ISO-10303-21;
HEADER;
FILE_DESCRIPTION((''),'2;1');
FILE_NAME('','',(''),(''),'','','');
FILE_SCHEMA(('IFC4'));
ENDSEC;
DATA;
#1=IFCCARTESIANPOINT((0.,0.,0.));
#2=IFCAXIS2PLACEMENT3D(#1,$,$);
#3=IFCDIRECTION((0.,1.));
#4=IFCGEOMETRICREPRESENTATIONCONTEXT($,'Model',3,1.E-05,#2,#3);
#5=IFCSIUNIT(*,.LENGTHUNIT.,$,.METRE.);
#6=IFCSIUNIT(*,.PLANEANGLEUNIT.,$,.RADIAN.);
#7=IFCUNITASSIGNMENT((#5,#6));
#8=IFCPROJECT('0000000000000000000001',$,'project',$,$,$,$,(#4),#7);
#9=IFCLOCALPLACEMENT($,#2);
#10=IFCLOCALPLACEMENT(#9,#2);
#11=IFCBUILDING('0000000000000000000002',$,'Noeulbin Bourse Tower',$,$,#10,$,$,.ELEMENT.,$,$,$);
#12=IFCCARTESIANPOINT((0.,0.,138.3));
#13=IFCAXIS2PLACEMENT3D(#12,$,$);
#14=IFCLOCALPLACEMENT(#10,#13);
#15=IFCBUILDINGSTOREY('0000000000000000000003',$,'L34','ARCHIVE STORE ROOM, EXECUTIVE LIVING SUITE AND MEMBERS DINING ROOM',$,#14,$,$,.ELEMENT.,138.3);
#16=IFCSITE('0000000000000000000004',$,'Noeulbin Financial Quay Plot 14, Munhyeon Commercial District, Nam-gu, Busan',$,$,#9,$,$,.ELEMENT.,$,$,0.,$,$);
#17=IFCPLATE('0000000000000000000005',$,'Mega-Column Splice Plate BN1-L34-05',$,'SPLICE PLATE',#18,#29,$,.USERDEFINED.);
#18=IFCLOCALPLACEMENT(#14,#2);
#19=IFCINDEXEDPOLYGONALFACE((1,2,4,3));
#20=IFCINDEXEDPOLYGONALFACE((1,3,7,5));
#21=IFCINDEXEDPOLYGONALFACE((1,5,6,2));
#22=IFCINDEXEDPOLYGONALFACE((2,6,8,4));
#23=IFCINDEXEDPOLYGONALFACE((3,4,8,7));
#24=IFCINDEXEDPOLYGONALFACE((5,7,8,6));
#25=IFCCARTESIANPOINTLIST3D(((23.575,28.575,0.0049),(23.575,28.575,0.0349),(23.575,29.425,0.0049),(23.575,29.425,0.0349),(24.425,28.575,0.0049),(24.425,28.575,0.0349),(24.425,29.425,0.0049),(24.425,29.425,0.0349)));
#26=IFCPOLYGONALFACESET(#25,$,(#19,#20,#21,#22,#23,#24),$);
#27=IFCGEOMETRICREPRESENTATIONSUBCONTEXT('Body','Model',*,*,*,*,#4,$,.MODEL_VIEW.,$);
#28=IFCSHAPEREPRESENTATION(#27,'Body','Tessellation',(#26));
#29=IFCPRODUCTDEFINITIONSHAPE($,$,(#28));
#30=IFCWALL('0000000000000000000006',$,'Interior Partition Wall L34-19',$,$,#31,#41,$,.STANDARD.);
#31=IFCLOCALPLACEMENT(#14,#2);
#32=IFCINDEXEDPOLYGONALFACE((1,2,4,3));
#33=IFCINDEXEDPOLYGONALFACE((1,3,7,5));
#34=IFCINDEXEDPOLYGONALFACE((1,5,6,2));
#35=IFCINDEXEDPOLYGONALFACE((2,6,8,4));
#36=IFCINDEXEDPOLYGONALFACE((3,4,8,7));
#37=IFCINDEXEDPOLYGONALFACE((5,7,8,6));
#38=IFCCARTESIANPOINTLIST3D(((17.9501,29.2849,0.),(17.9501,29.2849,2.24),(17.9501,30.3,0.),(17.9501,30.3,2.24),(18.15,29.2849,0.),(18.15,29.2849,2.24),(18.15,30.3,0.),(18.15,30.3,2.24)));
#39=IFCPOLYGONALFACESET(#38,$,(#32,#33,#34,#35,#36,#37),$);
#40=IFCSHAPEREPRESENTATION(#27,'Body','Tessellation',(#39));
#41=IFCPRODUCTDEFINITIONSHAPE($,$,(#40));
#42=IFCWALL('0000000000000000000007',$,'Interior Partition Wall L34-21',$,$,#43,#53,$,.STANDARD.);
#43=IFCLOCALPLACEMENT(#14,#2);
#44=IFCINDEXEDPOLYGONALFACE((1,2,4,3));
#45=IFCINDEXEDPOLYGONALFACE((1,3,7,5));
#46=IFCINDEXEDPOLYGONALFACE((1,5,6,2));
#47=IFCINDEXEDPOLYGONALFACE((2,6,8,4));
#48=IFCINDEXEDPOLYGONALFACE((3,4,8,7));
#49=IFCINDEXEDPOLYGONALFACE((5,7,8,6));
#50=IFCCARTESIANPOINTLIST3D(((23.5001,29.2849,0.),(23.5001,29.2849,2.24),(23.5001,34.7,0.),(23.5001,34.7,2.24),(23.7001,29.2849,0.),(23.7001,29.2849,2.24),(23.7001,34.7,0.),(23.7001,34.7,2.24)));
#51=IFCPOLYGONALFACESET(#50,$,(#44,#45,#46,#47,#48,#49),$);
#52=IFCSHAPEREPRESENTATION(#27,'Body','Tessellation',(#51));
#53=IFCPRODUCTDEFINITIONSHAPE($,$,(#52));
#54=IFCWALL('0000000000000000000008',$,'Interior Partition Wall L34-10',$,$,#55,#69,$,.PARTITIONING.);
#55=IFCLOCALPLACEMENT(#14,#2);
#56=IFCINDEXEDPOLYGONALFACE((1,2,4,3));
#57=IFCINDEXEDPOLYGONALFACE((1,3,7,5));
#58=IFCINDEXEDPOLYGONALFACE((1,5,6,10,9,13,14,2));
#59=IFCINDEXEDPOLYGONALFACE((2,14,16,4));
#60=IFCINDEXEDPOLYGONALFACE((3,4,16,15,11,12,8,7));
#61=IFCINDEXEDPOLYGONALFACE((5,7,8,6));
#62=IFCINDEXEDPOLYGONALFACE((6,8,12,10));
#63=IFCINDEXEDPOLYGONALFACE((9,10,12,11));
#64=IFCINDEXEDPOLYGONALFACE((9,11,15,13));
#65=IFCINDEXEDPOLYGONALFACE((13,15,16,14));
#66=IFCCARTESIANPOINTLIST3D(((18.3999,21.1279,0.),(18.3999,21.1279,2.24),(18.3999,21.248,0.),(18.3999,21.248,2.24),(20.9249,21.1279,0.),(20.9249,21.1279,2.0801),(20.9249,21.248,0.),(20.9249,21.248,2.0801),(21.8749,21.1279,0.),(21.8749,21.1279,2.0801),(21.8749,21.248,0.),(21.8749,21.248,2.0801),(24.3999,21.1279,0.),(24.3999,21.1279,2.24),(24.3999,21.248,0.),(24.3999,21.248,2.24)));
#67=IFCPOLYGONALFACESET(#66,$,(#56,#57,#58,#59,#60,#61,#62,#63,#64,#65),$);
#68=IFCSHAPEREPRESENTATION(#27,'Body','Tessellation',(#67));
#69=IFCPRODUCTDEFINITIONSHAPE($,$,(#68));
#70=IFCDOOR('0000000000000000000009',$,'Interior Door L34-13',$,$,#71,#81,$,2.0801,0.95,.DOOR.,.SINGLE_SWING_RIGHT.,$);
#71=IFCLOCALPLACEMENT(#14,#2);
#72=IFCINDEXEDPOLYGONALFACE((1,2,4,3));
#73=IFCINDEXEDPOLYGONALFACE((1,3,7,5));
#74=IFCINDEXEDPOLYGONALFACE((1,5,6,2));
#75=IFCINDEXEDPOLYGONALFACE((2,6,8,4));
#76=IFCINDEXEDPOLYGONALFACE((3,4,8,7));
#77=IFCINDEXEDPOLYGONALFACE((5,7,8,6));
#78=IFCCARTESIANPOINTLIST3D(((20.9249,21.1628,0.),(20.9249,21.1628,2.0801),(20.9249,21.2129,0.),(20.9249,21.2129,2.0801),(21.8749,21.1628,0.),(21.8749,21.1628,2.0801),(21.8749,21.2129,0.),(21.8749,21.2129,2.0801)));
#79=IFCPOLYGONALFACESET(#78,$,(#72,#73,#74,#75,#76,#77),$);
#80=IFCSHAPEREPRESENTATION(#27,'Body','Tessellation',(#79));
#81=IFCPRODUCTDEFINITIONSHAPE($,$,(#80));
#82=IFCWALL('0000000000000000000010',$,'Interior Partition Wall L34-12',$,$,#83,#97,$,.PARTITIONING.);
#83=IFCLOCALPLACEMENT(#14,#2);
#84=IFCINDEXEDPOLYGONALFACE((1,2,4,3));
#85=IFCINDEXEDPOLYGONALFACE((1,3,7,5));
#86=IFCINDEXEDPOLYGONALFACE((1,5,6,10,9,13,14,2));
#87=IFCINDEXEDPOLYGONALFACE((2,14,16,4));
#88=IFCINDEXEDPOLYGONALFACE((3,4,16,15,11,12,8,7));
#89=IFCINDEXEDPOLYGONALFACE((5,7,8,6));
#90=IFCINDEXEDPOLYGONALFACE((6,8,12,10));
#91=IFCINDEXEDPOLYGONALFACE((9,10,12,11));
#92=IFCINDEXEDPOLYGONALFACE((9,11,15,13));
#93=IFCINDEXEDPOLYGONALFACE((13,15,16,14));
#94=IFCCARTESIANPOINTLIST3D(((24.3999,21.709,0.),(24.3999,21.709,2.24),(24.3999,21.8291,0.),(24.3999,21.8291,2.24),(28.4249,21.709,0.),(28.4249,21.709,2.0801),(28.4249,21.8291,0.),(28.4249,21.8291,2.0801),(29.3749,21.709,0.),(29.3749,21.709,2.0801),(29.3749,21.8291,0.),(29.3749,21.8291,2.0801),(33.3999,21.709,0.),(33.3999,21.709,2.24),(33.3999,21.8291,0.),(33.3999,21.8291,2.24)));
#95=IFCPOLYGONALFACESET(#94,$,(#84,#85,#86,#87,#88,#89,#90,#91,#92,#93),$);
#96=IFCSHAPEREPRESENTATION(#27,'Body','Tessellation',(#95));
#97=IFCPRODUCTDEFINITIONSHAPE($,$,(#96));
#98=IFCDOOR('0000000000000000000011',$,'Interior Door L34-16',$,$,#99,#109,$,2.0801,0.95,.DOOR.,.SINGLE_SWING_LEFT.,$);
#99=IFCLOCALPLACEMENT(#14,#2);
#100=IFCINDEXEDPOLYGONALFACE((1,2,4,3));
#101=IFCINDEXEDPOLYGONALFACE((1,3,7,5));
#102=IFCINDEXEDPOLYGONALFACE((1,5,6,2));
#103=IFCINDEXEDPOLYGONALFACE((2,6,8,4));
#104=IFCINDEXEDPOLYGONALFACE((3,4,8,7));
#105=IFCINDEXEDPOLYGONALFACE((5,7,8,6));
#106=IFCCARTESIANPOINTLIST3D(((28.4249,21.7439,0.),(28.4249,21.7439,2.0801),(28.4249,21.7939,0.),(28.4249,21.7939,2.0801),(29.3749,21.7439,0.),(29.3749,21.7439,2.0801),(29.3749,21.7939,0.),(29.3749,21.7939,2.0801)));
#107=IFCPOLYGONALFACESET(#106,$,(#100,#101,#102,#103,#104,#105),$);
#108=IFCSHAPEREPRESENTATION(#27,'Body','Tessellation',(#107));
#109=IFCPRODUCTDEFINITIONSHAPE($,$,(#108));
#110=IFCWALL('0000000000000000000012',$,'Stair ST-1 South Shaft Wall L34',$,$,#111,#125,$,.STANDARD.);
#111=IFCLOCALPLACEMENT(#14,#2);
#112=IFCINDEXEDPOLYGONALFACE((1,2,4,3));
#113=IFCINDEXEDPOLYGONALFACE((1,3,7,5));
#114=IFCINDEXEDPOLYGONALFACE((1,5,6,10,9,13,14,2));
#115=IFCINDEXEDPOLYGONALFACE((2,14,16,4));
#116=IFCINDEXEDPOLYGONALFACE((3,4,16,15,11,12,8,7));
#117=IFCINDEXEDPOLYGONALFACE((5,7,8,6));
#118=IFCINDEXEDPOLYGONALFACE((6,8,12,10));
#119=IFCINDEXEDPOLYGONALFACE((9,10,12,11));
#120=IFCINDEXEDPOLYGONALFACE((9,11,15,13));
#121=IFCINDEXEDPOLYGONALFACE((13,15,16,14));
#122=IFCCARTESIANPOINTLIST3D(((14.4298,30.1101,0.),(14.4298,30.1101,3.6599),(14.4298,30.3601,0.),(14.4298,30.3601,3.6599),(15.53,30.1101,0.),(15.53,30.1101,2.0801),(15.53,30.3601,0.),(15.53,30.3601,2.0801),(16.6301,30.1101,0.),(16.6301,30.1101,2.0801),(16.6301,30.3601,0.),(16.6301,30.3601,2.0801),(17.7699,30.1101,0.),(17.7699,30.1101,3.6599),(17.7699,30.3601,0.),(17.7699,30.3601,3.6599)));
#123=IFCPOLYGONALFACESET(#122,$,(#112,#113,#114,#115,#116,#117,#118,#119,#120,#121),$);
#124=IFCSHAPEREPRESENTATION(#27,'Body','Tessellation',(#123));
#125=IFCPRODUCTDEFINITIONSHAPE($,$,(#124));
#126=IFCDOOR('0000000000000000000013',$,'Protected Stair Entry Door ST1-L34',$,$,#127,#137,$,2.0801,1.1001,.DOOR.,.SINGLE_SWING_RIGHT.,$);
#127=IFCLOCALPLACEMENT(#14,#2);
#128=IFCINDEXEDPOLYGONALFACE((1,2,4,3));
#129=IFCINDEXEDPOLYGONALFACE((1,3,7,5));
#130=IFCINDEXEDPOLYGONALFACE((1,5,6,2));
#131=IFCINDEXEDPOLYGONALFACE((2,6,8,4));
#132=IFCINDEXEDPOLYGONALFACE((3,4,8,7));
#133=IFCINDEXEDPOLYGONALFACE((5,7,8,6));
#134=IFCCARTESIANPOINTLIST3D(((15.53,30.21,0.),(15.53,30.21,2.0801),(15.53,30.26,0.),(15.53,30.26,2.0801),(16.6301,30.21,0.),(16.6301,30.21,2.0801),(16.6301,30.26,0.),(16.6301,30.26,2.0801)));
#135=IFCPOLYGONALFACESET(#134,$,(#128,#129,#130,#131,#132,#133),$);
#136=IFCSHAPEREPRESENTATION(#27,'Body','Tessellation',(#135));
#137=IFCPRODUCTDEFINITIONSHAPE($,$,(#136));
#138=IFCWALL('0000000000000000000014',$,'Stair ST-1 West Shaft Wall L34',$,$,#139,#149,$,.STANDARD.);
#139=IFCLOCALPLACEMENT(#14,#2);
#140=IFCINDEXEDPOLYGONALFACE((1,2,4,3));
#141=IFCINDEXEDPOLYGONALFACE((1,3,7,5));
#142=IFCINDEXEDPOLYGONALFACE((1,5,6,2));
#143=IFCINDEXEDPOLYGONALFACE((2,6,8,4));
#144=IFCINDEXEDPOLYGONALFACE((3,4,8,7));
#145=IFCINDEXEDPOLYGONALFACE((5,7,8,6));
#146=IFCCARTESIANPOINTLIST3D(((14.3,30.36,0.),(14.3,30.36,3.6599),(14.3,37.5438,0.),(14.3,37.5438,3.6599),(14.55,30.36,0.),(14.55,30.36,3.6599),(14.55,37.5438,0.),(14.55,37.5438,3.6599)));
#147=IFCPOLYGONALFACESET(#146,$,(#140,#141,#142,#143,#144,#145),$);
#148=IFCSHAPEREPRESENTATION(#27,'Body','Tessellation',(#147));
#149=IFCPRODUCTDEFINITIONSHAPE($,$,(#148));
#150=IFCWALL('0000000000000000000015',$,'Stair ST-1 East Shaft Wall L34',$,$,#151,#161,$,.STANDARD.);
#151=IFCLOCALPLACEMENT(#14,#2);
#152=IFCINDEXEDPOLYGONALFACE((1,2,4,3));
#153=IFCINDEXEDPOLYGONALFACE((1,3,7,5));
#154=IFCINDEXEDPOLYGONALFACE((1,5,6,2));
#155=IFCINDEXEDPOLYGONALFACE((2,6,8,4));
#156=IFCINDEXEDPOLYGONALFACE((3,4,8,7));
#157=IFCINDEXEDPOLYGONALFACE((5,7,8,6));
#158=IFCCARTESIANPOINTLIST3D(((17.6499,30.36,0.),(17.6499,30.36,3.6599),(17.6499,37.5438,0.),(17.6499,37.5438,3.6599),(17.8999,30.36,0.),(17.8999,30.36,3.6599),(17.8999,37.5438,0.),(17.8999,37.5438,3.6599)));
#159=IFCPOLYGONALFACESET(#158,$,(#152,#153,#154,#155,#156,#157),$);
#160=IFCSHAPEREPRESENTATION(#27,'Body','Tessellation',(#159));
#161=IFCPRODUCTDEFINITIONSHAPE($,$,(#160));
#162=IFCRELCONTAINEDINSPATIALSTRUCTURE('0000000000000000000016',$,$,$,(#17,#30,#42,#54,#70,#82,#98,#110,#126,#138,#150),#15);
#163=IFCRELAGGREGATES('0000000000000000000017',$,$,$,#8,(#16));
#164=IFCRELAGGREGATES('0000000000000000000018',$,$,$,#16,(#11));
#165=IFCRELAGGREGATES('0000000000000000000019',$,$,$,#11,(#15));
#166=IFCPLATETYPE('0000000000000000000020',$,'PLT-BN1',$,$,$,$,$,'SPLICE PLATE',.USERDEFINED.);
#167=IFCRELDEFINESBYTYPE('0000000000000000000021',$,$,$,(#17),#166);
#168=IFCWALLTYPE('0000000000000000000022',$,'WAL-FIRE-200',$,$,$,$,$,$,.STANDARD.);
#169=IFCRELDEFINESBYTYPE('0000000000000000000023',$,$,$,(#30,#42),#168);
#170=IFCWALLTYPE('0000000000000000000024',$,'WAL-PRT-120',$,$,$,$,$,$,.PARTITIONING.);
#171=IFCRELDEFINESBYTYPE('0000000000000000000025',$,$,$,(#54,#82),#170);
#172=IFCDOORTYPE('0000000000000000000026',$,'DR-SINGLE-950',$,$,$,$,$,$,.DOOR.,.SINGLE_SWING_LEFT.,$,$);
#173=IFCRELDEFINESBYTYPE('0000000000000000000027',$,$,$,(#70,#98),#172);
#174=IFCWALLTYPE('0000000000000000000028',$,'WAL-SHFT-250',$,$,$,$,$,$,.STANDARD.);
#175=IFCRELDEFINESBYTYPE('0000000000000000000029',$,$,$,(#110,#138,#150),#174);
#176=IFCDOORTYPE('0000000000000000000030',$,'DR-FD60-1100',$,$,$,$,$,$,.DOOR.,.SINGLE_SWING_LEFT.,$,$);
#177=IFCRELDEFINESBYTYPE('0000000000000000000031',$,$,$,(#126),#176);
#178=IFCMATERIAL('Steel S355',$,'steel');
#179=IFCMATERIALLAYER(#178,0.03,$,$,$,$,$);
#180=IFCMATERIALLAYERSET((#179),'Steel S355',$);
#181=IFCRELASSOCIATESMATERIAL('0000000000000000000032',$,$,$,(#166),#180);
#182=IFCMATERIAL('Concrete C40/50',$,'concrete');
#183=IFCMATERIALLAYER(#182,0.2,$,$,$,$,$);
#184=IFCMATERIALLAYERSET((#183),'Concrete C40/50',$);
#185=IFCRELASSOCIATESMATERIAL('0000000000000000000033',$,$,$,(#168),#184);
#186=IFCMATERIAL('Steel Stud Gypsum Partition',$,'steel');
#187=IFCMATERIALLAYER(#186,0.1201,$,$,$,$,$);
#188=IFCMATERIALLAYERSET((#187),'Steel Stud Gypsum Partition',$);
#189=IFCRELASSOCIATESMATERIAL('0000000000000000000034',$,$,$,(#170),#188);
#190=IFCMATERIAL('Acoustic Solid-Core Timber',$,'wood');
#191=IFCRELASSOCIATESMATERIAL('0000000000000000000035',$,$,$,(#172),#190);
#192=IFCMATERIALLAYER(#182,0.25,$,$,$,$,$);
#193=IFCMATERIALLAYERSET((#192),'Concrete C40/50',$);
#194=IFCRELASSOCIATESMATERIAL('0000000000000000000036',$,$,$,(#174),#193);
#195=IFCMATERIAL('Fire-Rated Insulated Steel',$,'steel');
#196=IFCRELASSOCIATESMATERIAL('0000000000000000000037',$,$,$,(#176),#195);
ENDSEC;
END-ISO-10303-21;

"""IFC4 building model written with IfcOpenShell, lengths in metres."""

from ifc_helpers import new_model, si_unit, direction, frame, frame_2d, origin, origin_2d, place, context, subcontext, project, spatial, rectangle, extrude, material, layer, layer_set, type_object, element, fill, save


model = new_model("IFC4")

# Units and contexts
model_context = context("Model", 3, precision=1e-05, world=origin(), true_north=direction((0.0, 1.0)))
body_context = subcontext(model_context, "Body", "Model", "MODEL_VIEW")
ifc_project = project(units=[si_unit("LENGTHUNIT", "METRE"), si_unit("PLANEANGLEUNIT", "RADIAN")], contexts=[model_context])

# Site, building, storey
site_placement = place(None, origin())
site = spatial("IfcSite", under=ifc_project, at=site_placement, Name="Noeulbin Financial Quay Plot 14, Munhyeon Commercial District, Nam-gu, Busan", CompositionType="ELEMENT", RefElevation=0.0)
building_placement = place(site_placement, origin())
building = spatial("IfcBuilding", under=site, at=building_placement, Name="Noeulbin Bourse Tower", CompositionType="ELEMENT")
storey_placement = place(building_placement, frame((0.0, 0.0, 138.3)))
storey = spatial("IfcBuildingStorey", under=building, at=storey_placement, Name="L34", Description="ARCHIVE STORE ROOM, EXECUTIVE LIVING SUITE AND MEMBERS DINING ROOM", CompositionType="ELEMENT", Elevation=138.3)

# Shared definitions
ifc_material_1 = material(Name="Steel S355", Category="steel")

# Plate
ifc_layer_1 = layer(ifc_material_1, 0.03)
ifc_layer_set_1 = layer_set([ifc_layer_1], Name="Steel S355")
plate_type = type_object("IfcPlateType", Name="PLT-BN1", ElementType="SPLICE PLATE", PredefinedType="USERDEFINED", material=ifc_layer_set_1)
for number, where, z_axis, x_axis, name in (
    (1, (24.0, 29.0, 0.0049), (0.0, 0.0, 1.0), (1.0, 0.0, 0.0), "Mega-Column Splice Plate BN1-L34-05"),
):
    element("IfcPlate", number, at=place(storey_placement, frame(where, z_axis=z_axis, x_axis=x_axis)), inside=storey, type_object=plate_type, Name=name, ObjectType="SPLICE PLATE", PredefinedType="USERDEFINED", context=body_context, shape_type="SweptSolid", body=[
        extrude(rectangle(XDim=0.8501, YDim=0.8501, at=origin_2d()), origin(), (0.0, 0.0, 1.0), 0.03),
    ])

# Walls
ifc_material_2 = material(Name="Concrete C40/50", Category="concrete")
ifc_layer_2 = layer(ifc_material_2, 0.2)
ifc_layer_set_2 = layer_set([ifc_layer_2], Name="Concrete C40/50")
wall_type_1 = type_object("IfcWallType", Name="WAL-FIRE-200", PredefinedType="STANDARD", material=ifc_layer_set_2)
wall_1_placement = place(storey_placement, frame((18.05, 29.2849, 0.0), z_axis=(0.0, 0.0, 1.0), x_axis=(0.0, 1.0, 0.0)))
element("IfcWall", 2, at=wall_1_placement, inside=storey, type_object=wall_type_1, Name="Interior Partition Wall L34-19", PredefinedType="STANDARD", context=body_context, shape_type="SweptSolid", body=[
    extrude(rectangle(XDim=1.0151, YDim=0.2, at=frame_2d((0.5076, 0.0))), origin(), (0.0, 0.0, 1.0), 2.24),
])
wall_2_placement = place(storey_placement, frame((23.6001, 29.2849, 0.0), z_axis=(0.0, 0.0, 1.0), x_axis=(0.0, 1.0, 0.0)))
element("IfcWall", 3, at=wall_2_placement, inside=storey, type_object=wall_type_1, Name="Interior Partition Wall L34-21", PredefinedType="STANDARD", context=body_context, shape_type="SweptSolid", body=[
    extrude(rectangle(XDim=5.415, YDim=0.2, at=frame_2d((2.7075, 0.0))), origin(), (0.0, 0.0, 1.0), 2.24),
])

# Walls, openings, doors
ifc_material_3 = material(Name="Steel Stud Gypsum Partition", Category="steel")
ifc_layer_3 = layer(ifc_material_3, 0.1201)
ifc_layer_set_3 = layer_set([ifc_layer_3], Name="Steel Stud Gypsum Partition")
wall_type_2 = type_object("IfcWallType", Name="WAL-PRT-120", PredefinedType="PARTITIONING", material=ifc_layer_set_3)
wall_3_placement = place(storey_placement, frame((18.3999, 21.188, 0.0), z_axis=(0.0, 0.0, 1.0), x_axis=(1.0, 0.0, 0.0)))
wall_3 = element("IfcWall", 4, at=wall_3_placement, inside=storey, type_object=wall_type_2, Name="Interior Partition Wall L34-10", PredefinedType="PARTITIONING", context=body_context, shape_type="SweptSolid", body=[
    extrude(rectangle(XDim=6.0, YDim=0.1201, at=frame_2d((3.0, 0.0))), origin(), (0.0, 0.0, 1.0), 2.24),
])
opening_1_placement = place(wall_3_placement, frame((2.5249, 0.0, 0.0)))
opening_1 = element("IfcOpeningElement", 5, at=opening_1_placement, cuts=wall_3, PredefinedType="OPENING", context=body_context, shape_type="SweptSolid", body=[
    extrude(rectangle(XDim=0.95, YDim=2.0801, at=frame_2d((0.4751, 1.04))), frame((0.0, 0.0701, 0.0), z_axis=(0.0, -1.0, 0.0), x_axis=(1.0, 0.0, 0.0)), (0.0, 0.0, 1.0), 0.1401),
])
ifc_material_4 = material(Name="Acoustic Solid-Core Timber", Category="wood")
door_type_1 = type_object("IfcDoorType", Name="DR-SINGLE-950", OperationType="SINGLE_SWING_LEFT", PredefinedType="DOOR", material=ifc_material_4)
door_1_placement = place(opening_1_placement, origin())
door_1 = element("IfcDoor", 6, at=door_1_placement, inside=storey, type_object=door_type_1, Name="Interior Door L34-13", OperationType="SINGLE_SWING_RIGHT", OverallHeight=2.0801, OverallWidth=0.95, PredefinedType="DOOR", context=body_context, shape_type="SweptSolid", body=[
    extrude(rectangle(XDim=0.95, YDim=2.0801, at=frame_2d((0.4751, 1.04))), frame((0.0, 0.0249, 0.0), z_axis=(0.0, -1.0, 0.0), x_axis=(1.0, 0.0, 0.0)), (0.0, 0.0, 1.0), 0.05),
])
fill(opening_1, door_1)
wall_4_placement = place(storey_placement, frame((24.3999, 21.769, 0.0), z_axis=(0.0, 0.0, 1.0), x_axis=(1.0, 0.0, 0.0)))
wall_4 = element("IfcWall", 7, at=wall_4_placement, inside=storey, type_object=wall_type_2, Name="Interior Partition Wall L34-12", PredefinedType="PARTITIONING", context=body_context, shape_type="SweptSolid", body=[
    extrude(rectangle(XDim=9.0, YDim=0.1201, at=frame_2d((4.5, 0.0))), origin(), (0.0, 0.0, 1.0), 2.24),
])
opening_2_placement = place(wall_4_placement, frame((4.0249, 0.0, 0.0)))
opening_2 = element("IfcOpeningElement", 8, at=opening_2_placement, cuts=wall_4, PredefinedType="OPENING", context=body_context, shape_type="SweptSolid", body=[
    extrude(rectangle(XDim=0.95, YDim=2.0801, at=frame_2d((0.4751, 1.04))), frame((0.0, 0.0701, 0.0), z_axis=(0.0, -1.0, 0.0), x_axis=(1.0, 0.0, 0.0)), (0.0, 0.0, 1.0), 0.1401),
])
door_2_placement = place(opening_2_placement, origin())
door_2 = element("IfcDoor", 9, at=door_2_placement, inside=storey, type_object=door_type_1, Name="Interior Door L34-16", OperationType="SINGLE_SWING_LEFT", OverallHeight=2.0801, OverallWidth=0.95, PredefinedType="DOOR", context=body_context, shape_type="SweptSolid", body=[
    extrude(rectangle(XDim=0.95, YDim=2.0801, at=frame_2d((0.4751, 1.04))), frame((0.0, 0.0249, 0.0), z_axis=(0.0, -1.0, 0.0), x_axis=(1.0, 0.0, 0.0)), (0.0, 0.0, 1.0), 0.05),
])
fill(opening_2, door_2)
ifc_layer_4 = layer(ifc_material_2, 0.25)
ifc_layer_set_4 = layer_set([ifc_layer_4], Name="Concrete C40/50")
wall_type_3 = type_object("IfcWallType", Name="WAL-SHFT-250", PredefinedType="STANDARD", material=ifc_layer_set_4)
wall_5_placement = place(storey_placement, frame((14.4299, 30.2351, 0.0), z_axis=(0.0, 0.0, 1.0), x_axis=(1.0, 0.0, 0.0)))
wall_5 = element("IfcWall", 10, at=wall_5_placement, inside=storey, type_object=wall_type_3, Name="Stair ST-1 South Shaft Wall L34", PredefinedType="STANDARD", context=body_context, shape_type="SweptSolid", body=[
    extrude(rectangle(XDim=3.3401, YDim=0.25, at=frame_2d((1.6699, 0.0))), origin(), (0.0, 0.0, 1.0), 3.6599),
])
opening_3_placement = place(wall_5_placement, frame((1.1001, 0.0, 0.0)))
opening_3 = element("IfcOpeningElement", 11, at=opening_3_placement, cuts=wall_5, PredefinedType="OPENING", context=body_context, shape_type="SweptSolid", body=[
    extrude(rectangle(XDim=1.1001, YDim=2.0801, at=frame_2d((0.55, 1.04))), frame((0.0, 0.135, 0.0), z_axis=(0.0, -1.0, 0.0), x_axis=(1.0, 0.0, 0.0)), (0.0, 0.0, 1.0), 0.27),
])
ifc_material_5 = material(Name="Fire-Rated Insulated Steel", Category="steel")
door_type_2 = type_object("IfcDoorType", Name="DR-FD60-1100", OperationType="SINGLE_SWING_LEFT", PredefinedType="DOOR", material=ifc_material_5)
door_3_placement = place(opening_3_placement, origin())
door_3 = element("IfcDoor", 12, at=door_3_placement, inside=storey, type_object=door_type_2, Name="Protected Stair Entry Door ST1-L34", OperationType="SINGLE_SWING_RIGHT", OverallHeight=2.0801, OverallWidth=1.1001, PredefinedType="DOOR", context=body_context, shape_type="SweptSolid", body=[
    extrude(rectangle(XDim=1.1001, YDim=2.0801, at=frame_2d((0.55, 1.04))), frame((0.0, 0.0249, 0.0), z_axis=(0.0, -1.0, 0.0), x_axis=(1.0, 0.0, 0.0)), (0.0, 0.0, 1.0), 0.05),
])
fill(opening_3, door_3)

# Walls
for number, where, z_axis, x_axis, name in (
    (13, (14.425, 30.3601, 0.0), (0.0, 0.0, 1.0), (0.0, 1.0, 0.0), "Stair ST-1 West Shaft Wall L34"),
    (14, (17.7749, 30.3601, 0.0), (0.0, 0.0, 1.0), (0.0, 1.0, 0.0), "Stair ST-1 East Shaft Wall L34"),
):
    element("IfcWall", number, at=place(storey_placement, frame(where, z_axis=z_axis, x_axis=x_axis)), inside=storey, type_object=wall_type_3, Name=name, PredefinedType="STANDARD", context=body_context, shape_type="SweptSolid", body=[
        extrude(rectangle(XDim=7.1838, YDim=0.25, at=frame_2d((3.5918, 0.0))), origin(), (0.0, 0.0, 1.0), 3.6599),
    ])

save(model, "model.ifc")
